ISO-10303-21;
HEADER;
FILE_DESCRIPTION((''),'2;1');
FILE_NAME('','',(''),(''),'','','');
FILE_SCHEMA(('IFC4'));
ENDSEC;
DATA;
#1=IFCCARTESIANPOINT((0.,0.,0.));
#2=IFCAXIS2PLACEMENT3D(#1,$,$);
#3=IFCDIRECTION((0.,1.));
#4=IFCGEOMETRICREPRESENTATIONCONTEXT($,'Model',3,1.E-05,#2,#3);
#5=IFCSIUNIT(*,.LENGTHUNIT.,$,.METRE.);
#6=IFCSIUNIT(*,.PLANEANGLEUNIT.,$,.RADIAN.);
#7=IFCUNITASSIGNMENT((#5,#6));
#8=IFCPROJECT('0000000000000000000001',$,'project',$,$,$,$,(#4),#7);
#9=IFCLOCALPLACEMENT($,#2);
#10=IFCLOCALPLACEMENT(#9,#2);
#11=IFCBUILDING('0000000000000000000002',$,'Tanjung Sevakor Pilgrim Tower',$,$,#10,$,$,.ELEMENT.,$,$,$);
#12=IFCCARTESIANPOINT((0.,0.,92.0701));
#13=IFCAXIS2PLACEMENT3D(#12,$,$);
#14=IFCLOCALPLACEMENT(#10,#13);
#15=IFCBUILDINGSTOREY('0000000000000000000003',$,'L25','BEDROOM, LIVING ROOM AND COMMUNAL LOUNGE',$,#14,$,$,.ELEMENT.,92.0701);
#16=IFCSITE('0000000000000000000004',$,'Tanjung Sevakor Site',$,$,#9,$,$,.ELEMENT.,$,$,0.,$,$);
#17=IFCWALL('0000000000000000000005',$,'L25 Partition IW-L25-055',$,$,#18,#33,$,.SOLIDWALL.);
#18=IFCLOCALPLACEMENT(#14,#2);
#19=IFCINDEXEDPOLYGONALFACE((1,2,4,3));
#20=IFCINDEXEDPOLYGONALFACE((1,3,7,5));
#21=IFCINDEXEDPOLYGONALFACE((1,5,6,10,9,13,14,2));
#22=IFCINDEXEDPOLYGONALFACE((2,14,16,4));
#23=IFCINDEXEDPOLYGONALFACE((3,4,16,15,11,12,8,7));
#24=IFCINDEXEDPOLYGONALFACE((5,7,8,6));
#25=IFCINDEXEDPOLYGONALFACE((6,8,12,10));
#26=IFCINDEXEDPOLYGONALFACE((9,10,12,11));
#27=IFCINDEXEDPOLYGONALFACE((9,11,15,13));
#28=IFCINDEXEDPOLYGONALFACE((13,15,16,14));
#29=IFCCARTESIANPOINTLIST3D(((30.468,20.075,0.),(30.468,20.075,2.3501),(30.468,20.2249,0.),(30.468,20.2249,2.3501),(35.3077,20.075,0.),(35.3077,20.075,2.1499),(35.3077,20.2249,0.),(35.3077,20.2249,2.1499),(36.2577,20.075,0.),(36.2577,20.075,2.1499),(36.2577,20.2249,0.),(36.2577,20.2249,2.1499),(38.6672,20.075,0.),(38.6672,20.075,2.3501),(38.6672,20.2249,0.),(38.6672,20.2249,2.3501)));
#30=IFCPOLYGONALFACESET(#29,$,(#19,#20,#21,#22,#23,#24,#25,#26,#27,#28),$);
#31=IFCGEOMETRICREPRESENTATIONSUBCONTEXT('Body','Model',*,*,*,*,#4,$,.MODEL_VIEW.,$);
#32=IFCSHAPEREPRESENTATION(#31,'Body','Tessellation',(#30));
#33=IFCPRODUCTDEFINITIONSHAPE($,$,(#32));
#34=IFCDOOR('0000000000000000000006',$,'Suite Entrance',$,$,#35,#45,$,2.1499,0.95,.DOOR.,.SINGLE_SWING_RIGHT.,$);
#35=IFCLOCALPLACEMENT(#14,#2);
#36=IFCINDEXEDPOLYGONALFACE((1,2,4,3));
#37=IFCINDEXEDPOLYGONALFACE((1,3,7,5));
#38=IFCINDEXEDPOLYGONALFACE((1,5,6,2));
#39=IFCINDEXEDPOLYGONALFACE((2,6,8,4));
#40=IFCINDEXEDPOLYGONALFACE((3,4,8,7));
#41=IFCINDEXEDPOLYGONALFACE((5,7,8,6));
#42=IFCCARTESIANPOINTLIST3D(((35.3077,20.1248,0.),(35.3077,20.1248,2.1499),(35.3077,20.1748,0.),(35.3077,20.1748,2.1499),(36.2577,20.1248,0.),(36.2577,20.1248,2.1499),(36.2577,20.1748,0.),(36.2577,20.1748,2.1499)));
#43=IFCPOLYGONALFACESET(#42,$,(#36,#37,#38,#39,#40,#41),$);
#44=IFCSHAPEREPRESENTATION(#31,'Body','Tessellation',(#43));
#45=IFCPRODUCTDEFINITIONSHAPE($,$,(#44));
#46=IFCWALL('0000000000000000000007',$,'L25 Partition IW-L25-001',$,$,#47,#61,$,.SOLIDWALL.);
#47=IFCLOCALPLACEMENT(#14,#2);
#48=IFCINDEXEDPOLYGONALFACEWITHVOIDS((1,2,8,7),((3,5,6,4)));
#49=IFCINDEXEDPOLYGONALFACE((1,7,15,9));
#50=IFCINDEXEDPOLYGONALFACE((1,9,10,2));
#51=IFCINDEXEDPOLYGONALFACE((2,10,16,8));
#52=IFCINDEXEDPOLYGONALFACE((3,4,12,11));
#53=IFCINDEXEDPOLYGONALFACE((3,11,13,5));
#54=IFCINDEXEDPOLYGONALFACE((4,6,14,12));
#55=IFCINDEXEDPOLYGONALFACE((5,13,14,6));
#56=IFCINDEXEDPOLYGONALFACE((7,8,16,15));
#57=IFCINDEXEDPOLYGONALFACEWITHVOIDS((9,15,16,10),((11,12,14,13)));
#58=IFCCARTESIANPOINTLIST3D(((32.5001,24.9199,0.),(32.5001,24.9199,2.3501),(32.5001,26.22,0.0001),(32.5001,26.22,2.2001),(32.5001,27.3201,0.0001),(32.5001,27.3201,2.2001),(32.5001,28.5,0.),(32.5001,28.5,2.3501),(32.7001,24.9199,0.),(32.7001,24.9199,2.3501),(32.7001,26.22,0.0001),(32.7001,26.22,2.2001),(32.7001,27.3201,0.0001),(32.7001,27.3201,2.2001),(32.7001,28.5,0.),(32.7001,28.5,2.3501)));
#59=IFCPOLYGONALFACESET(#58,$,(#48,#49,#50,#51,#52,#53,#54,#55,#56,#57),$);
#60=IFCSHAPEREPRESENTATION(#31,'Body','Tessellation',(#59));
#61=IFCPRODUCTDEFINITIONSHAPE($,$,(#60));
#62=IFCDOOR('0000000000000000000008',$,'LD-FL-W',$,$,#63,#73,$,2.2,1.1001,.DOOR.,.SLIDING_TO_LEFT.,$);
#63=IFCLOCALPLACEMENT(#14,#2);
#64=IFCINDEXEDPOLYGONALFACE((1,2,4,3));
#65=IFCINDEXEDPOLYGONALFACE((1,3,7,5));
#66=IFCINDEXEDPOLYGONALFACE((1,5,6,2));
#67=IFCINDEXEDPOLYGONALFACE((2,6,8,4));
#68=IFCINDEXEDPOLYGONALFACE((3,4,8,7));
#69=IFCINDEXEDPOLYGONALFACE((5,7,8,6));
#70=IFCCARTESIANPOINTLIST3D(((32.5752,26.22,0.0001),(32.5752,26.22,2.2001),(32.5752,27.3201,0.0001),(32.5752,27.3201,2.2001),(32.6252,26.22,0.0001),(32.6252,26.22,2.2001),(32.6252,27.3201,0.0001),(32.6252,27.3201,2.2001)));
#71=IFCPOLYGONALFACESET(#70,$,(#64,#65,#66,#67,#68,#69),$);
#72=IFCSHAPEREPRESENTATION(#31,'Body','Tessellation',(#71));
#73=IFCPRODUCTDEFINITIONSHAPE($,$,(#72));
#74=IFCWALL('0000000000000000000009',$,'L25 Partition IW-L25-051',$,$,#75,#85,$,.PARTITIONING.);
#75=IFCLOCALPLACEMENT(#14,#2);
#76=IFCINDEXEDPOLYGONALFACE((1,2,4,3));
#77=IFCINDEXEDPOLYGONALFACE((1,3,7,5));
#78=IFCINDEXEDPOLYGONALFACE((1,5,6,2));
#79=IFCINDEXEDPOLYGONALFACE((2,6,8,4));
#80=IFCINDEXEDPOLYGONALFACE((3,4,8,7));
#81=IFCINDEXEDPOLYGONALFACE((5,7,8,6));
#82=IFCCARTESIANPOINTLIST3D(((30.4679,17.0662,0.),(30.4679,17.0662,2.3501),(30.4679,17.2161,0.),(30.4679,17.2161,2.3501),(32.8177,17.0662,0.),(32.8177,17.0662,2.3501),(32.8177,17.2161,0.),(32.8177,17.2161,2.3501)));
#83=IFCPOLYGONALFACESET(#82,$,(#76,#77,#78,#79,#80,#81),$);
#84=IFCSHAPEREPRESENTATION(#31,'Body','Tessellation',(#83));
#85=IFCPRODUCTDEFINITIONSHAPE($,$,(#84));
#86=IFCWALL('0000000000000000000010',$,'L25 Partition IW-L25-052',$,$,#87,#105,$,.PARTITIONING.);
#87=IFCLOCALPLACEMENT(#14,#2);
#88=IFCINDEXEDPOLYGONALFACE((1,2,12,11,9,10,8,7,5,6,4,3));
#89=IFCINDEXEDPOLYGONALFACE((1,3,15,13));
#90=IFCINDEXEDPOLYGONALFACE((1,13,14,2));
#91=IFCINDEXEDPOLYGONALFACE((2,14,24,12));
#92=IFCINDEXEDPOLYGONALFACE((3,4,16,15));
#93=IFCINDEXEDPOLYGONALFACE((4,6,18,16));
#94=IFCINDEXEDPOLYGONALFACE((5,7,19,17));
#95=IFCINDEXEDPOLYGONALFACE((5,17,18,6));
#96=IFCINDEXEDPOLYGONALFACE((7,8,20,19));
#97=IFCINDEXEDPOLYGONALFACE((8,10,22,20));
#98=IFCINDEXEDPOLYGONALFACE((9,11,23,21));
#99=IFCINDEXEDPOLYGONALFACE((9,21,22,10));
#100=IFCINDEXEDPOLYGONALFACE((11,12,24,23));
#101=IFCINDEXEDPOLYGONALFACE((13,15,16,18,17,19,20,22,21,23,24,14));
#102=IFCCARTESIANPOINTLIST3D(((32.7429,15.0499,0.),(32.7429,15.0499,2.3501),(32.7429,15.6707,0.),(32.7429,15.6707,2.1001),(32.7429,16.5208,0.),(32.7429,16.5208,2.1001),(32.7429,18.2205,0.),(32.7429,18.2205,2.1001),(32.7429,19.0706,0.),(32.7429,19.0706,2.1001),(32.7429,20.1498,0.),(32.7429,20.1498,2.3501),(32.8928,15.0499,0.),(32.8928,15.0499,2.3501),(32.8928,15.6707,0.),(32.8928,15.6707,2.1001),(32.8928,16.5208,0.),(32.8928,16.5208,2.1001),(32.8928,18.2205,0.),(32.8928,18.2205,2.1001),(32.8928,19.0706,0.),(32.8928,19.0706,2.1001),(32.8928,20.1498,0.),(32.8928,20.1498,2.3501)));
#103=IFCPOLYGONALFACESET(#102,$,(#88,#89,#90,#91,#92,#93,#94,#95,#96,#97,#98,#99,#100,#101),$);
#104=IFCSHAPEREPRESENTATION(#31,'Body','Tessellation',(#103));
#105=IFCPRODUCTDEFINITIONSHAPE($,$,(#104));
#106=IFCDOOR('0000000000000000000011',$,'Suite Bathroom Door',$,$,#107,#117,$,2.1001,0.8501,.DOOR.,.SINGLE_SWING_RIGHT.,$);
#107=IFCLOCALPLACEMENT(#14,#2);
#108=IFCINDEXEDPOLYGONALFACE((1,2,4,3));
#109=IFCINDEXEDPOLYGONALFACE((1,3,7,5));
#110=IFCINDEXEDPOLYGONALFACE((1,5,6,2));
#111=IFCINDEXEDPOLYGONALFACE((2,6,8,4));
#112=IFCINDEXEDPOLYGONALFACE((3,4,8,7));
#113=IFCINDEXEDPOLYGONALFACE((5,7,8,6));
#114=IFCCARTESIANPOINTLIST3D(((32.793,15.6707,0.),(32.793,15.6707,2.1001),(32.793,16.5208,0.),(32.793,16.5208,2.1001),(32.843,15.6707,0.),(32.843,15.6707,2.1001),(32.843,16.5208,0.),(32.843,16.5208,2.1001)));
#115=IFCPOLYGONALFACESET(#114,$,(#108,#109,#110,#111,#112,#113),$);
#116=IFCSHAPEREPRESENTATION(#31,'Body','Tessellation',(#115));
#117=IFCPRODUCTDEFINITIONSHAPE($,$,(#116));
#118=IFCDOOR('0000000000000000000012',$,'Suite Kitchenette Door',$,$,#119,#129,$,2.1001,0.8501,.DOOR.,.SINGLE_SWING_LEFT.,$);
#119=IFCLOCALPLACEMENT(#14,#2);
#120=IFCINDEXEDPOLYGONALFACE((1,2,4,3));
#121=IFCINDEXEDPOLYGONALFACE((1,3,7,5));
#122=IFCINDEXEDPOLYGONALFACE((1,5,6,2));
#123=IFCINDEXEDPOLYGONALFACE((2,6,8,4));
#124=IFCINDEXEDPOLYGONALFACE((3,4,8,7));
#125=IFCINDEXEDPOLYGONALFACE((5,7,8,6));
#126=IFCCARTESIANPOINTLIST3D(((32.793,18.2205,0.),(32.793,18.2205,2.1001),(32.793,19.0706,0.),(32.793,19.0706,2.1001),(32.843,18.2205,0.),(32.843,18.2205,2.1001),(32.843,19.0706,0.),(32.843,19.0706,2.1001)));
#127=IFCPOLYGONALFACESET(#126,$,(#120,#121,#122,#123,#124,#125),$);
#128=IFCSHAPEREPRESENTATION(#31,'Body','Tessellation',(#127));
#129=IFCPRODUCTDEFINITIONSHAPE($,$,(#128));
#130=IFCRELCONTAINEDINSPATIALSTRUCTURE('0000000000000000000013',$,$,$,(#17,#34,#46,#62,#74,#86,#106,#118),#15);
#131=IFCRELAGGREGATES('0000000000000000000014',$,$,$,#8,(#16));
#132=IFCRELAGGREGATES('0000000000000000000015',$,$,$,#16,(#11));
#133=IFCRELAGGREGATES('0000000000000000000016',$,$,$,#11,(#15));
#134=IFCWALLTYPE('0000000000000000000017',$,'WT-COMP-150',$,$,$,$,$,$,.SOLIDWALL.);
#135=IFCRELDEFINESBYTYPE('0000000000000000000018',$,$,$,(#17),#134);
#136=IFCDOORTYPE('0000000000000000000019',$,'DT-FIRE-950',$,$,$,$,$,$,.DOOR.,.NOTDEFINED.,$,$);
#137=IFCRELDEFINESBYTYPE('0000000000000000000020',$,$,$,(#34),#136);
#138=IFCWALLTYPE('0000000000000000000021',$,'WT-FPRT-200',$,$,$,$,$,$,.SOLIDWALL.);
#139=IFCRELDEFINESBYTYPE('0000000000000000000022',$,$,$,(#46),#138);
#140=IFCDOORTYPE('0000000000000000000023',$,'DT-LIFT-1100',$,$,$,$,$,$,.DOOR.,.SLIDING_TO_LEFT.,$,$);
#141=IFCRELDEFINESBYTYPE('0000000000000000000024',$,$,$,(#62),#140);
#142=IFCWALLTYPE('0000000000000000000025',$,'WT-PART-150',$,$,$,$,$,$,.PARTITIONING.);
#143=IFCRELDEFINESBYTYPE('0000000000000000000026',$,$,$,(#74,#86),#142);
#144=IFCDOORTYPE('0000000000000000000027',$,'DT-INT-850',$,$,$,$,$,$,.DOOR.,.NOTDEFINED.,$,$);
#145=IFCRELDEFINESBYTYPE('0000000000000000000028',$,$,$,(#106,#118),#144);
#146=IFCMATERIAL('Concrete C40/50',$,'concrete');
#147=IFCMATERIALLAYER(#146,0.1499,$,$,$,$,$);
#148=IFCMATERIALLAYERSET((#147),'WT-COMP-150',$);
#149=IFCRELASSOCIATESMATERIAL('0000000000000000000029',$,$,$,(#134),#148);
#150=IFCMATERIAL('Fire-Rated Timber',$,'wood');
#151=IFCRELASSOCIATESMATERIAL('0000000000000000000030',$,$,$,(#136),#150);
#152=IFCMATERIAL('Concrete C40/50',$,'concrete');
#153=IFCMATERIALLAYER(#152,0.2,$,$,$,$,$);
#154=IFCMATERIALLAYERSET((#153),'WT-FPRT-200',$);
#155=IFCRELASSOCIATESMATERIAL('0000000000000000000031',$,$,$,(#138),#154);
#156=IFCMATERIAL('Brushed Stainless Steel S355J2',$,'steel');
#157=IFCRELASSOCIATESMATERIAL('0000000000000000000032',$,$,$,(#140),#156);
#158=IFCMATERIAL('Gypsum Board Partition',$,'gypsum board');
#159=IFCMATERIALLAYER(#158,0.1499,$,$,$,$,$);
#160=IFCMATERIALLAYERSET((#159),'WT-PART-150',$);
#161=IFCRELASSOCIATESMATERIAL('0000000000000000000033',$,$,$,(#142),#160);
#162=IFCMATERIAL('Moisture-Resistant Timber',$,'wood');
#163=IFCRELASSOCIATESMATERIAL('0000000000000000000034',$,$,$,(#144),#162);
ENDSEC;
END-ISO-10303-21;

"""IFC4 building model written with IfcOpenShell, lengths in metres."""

from ifc_helpers import new_model, si_unit, direction, frame, frame_2d, origin, place, context, subcontext, project, spatial, rectangle, extrude, material, layer, layer_set, type_object, element, fill, save


model = new_model("IFC4")

# Units and contexts
model_context = context("Model", 3, precision=1e-05, world=origin(), true_north=direction((0.0, 1.0)))
body_context = subcontext(model_context, "Body", "Model", "MODEL_VIEW")
ifc_project = project(units=[si_unit("LENGTHUNIT", "METRE"), si_unit("PLANEANGLEUNIT", "RADIAN")], contexts=[model_context])

# Site, building, storey
site_placement = place(None, origin())
site = spatial("IfcSite", under=ifc_project, at=site_placement, Name="Tanjung Sevakor Site", CompositionType="ELEMENT", RefElevation=0.0)
building_placement = place(site_placement, origin())
building = spatial("IfcBuilding", under=site, at=building_placement, Name="Tanjung Sevakor Pilgrim Tower", CompositionType="ELEMENT")
storey_placement = place(building_placement, frame((0.0, 0.0, 92.0701)))
storey = spatial("IfcBuildingStorey", under=building, at=storey_placement, Name="L25", Description="BEDROOM, LIVING ROOM AND COMMUNAL LOUNGE", CompositionType="ELEMENT", Elevation=92.0701)

# Shared definitions
ifc_material_1 = material(Name="Concrete C40/50", Category="concrete")
ifc_layer_1 = layer(ifc_material_1, 0.1499)
ifc_layer_set_1 = layer_set([ifc_layer_1], Name="WT-COMP-150")
wall_type_1 = type_object("IfcWallType", Name="WT-COMP-150", PredefinedType="SOLIDWALL", material=ifc_layer_set_1)

# Walls, openings, doors
wall_1_placement = place(storey_placement, frame((30.468, 20.1499, 0.0), z_axis=(0.0, 0.0, 1.0), x_axis=(1.0, 0.0, 0.0)))
wall_1 = element("IfcWall", 1, at=wall_1_placement, inside=storey, type_object=wall_type_1, Name="L25 Partition IW-L25-055", PredefinedType="SOLIDWALL", context=body_context, shape_type="SweptSolid", body=[
    extrude(rectangle(XDim=8.1992, YDim=0.1499, at=frame_2d((4.0996, 0.0))), origin(), (0.0, 0.0, 1.0), 2.3501),
])
opening_1_placement = place(wall_1_placement, frame((4.8396, 0.0, 0.0)))
opening_1 = element("IfcOpeningElement", 2, at=opening_1_placement, cuts=wall_1, PredefinedType="OPENING", context=body_context, shape_type="SweptSolid", body=[
    extrude(rectangle(XDim=0.95, YDim=2.1499, at=frame_2d((0.4751, 1.075))), frame((0.0, 0.085, 0.0), z_axis=(0.0, -1.0, 0.0), x_axis=(1.0, 0.0, 0.0)), (0.0, 0.0, 1.0), 0.1699),
])
ifc_material_2 = material(Name="Fire-Rated Timber", Category="wood")
door_type_1 = type_object("IfcDoorType", Name="DT-FIRE-950", OperationType="NOTDEFINED", PredefinedType="DOOR", material=ifc_material_2)
door_1_placement = place(opening_1_placement, origin())
door_1 = element("IfcDoor", 3, at=door_1_placement, inside=storey, type_object=door_type_1, Name="Suite Entrance", OperationType="SINGLE_SWING_RIGHT", OverallHeight=2.1499, OverallWidth=0.95, PredefinedType="DOOR", context=body_context, shape_type="SweptSolid", body=[
    extrude(rectangle(XDim=0.95, YDim=2.1499, at=frame_2d((0.4751, 1.075))), frame((0.0, 0.0249, 0.0), z_axis=(0.0, -1.0, 0.0), x_axis=(1.0, 0.0, 0.0)), (0.0, 0.0, 1.0), 0.05),
])
fill(opening_1, door_1)
ifc_material_3 = material(Name="Concrete C40/50", Category="concrete")
ifc_layer_2 = layer(ifc_material_3, 0.2)
ifc_layer_set_2 = layer_set([ifc_layer_2], Name="WT-FPRT-200")
wall_type_2 = type_object("IfcWallType", Name="WT-FPRT-200", PredefinedType="SOLIDWALL", material=ifc_layer_set_2)
wall_2_placement = place(storey_placement, frame((32.6001, 24.9199, 0.0), z_axis=(0.0, 0.0, 1.0), x_axis=(0.0, 1.0, 0.0)))
wall_2 = element("IfcWall", 4, at=wall_2_placement, inside=storey, type_object=wall_type_2, Name="L25 Partition IW-L25-001", PredefinedType="SOLIDWALL", context=body_context, shape_type="SweptSolid", body=[
    extrude(rectangle(XDim=3.5801, YDim=0.2, at=frame_2d((1.79, 0.0))), origin(), (0.0, 0.0, 1.0), 2.3501),
])
opening_2_placement = place(wall_2_placement, frame((1.3, 0.0, 0.0)))
opening_2 = element("IfcOpeningElement", 5, at=opening_2_placement, cuts=wall_2, PredefinedType="OPENING", context=body_context, shape_type="SweptSolid", body=[
    extrude(rectangle(XDim=1.1001, YDim=2.2, at=frame_2d((0.55, 1.1001))), frame((0.0, 0.1099, 0.0), z_axis=(0.0, -1.0, 0.0), x_axis=(1.0, 0.0, 0.0)), (0.0, 0.0, 1.0), 0.22),
])
ifc_material_4 = material(Name="Brushed Stainless Steel S355J2", Category="steel")
door_type_2 = type_object("IfcDoorType", Name="DT-LIFT-1100", OperationType="SLIDING_TO_LEFT", PredefinedType="DOOR", material=ifc_material_4)
door_2_placement = place(opening_2_placement, origin())
door_2 = element("IfcDoor", 6, at=door_2_placement, inside=storey, type_object=door_type_2, Name="LD-FL-W", OperationType="SLIDING_TO_LEFT", OverallHeight=2.2, OverallWidth=1.1001, PredefinedType="DOOR", context=body_context, shape_type="SweptSolid", body=[
    extrude(rectangle(XDim=1.1001, YDim=2.2, at=frame_2d((0.55, 1.1001))), frame((0.0, 0.0249, 0.0), z_axis=(0.0, -1.0, 0.0), x_axis=(1.0, 0.0, 0.0)), (0.0, 0.0, 1.0), 0.05),
])
fill(opening_2, door_2)

# Wall
ifc_material_5 = material(Name="Gypsum Board Partition", Category="gypsum board")
ifc_layer_3 = layer(ifc_material_5, 0.1499)
ifc_layer_set_3 = layer_set([ifc_layer_3], Name="WT-PART-150")
wall_type_3 = type_object("IfcWallType", Name="WT-PART-150", PredefinedType="PARTITIONING", material=ifc_layer_set_3)
wall_3_placement = place(storey_placement, frame((30.468, 17.1411, 0.0), z_axis=(0.0, 0.0, 1.0), x_axis=(1.0, 0.0, 0.0)))
element("IfcWall", 7, at=wall_3_placement, inside=storey, type_object=wall_type_3, Name="L25 Partition IW-L25-051", PredefinedType="PARTITIONING", context=body_context, shape_type="SweptSolid", body=[
    extrude(rectangle(XDim=2.3499, YDim=0.1499, at=frame_2d((1.1748, 0.0))), origin(), (0.0, 0.0, 1.0), 2.3501),
])

# Wall, openings, doors
wall_4_placement = place(storey_placement, frame((32.8179, 15.05, 0.0), z_axis=(0.0, 0.0, 1.0), x_axis=(0.0, 1.0, 0.0)))
wall_4 = element("IfcWall", 8, at=wall_4_placement, inside=storey, type_object=wall_type_3, Name="L25 Partition IW-L25-052", PredefinedType="PARTITIONING", context=body_context, shape_type="SweptSolid", body=[
    extrude(rectangle(XDim=5.0999, YDim=0.1499, at=frame_2d((2.5498, 0.0))), origin(), (0.0, 0.0, 1.0), 2.3501),
])
opening_3_placement = place(wall_4_placement, frame((0.6206, 0.0, 0.0)))
opening_3 = element("IfcOpeningElement", 9, at=opening_3_placement, cuts=wall_4, PredefinedType="OPENING", context=body_context, shape_type="SweptSolid", body=[
    extrude(rectangle(XDim=0.8501, YDim=2.1001, at=frame_2d((0.425, 1.05))), frame((0.0, 0.085, 0.0), z_axis=(0.0, -1.0, 0.0), x_axis=(1.0, 0.0, 0.0)), (0.0, 0.0, 1.0), 0.1699),
])
opening_4_placement = place(wall_4_placement, frame((3.1704, 0.0, 0.0)))
opening_4 = element("IfcOpeningElement", 10, at=opening_4_placement, cuts=wall_4, PredefinedType="OPENING", context=body_context, shape_type="SweptSolid", body=[
    extrude(rectangle(XDim=0.8501, YDim=2.1001, at=frame_2d((0.425, 1.05))), frame((0.0, 0.085, 0.0), z_axis=(0.0, -1.0, 0.0), x_axis=(1.0, 0.0, 0.0)), (0.0, 0.0, 1.0), 0.1699),
])
ifc_material_6 = material(Name="Moisture-Resistant Timber", Category="wood")
door_type_3 = type_object("IfcDoorType", Name="DT-INT-850", OperationType="NOTDEFINED", PredefinedType="DOOR", material=ifc_material_6)
door_3_placement = place(opening_3_placement, origin())
door_3 = element("IfcDoor", 11, at=door_3_placement, inside=storey, type_object=door_type_3, Name="Suite Bathroom Door", OperationType="SINGLE_SWING_RIGHT", OverallHeight=2.1001, OverallWidth=0.8501, PredefinedType="DOOR", context=body_context, shape_type="SweptSolid", body=[
    extrude(rectangle(XDim=0.8501, YDim=2.1001, at=frame_2d((0.425, 1.05))), frame((0.0, 0.0249, 0.0), z_axis=(0.0, -1.0, 0.0), x_axis=(1.0, 0.0, 0.0)), (0.0, 0.0, 1.0), 0.05),
])
fill(opening_3, door_3)
door_4_placement = place(opening_4_placement, origin())
door_4 = element("IfcDoor", 12, at=door_4_placement, inside=storey, type_object=door_type_3, Name="Suite Kitchenette Door", OperationType="SINGLE_SWING_LEFT", OverallHeight=2.1001, OverallWidth=0.8501, PredefinedType="DOOR", context=body_context, shape_type="SweptSolid", body=[
    extrude(rectangle(XDim=0.8501, YDim=2.1001, at=frame_2d((0.425, 1.05))), frame((0.0, 0.0249, 0.0), z_axis=(0.0, -1.0, 0.0), x_axis=(1.0, 0.0, 0.0)), (0.0, 0.0, 1.0), 0.05),
])
fill(opening_4, door_4)

save(model, "model.ifc")
